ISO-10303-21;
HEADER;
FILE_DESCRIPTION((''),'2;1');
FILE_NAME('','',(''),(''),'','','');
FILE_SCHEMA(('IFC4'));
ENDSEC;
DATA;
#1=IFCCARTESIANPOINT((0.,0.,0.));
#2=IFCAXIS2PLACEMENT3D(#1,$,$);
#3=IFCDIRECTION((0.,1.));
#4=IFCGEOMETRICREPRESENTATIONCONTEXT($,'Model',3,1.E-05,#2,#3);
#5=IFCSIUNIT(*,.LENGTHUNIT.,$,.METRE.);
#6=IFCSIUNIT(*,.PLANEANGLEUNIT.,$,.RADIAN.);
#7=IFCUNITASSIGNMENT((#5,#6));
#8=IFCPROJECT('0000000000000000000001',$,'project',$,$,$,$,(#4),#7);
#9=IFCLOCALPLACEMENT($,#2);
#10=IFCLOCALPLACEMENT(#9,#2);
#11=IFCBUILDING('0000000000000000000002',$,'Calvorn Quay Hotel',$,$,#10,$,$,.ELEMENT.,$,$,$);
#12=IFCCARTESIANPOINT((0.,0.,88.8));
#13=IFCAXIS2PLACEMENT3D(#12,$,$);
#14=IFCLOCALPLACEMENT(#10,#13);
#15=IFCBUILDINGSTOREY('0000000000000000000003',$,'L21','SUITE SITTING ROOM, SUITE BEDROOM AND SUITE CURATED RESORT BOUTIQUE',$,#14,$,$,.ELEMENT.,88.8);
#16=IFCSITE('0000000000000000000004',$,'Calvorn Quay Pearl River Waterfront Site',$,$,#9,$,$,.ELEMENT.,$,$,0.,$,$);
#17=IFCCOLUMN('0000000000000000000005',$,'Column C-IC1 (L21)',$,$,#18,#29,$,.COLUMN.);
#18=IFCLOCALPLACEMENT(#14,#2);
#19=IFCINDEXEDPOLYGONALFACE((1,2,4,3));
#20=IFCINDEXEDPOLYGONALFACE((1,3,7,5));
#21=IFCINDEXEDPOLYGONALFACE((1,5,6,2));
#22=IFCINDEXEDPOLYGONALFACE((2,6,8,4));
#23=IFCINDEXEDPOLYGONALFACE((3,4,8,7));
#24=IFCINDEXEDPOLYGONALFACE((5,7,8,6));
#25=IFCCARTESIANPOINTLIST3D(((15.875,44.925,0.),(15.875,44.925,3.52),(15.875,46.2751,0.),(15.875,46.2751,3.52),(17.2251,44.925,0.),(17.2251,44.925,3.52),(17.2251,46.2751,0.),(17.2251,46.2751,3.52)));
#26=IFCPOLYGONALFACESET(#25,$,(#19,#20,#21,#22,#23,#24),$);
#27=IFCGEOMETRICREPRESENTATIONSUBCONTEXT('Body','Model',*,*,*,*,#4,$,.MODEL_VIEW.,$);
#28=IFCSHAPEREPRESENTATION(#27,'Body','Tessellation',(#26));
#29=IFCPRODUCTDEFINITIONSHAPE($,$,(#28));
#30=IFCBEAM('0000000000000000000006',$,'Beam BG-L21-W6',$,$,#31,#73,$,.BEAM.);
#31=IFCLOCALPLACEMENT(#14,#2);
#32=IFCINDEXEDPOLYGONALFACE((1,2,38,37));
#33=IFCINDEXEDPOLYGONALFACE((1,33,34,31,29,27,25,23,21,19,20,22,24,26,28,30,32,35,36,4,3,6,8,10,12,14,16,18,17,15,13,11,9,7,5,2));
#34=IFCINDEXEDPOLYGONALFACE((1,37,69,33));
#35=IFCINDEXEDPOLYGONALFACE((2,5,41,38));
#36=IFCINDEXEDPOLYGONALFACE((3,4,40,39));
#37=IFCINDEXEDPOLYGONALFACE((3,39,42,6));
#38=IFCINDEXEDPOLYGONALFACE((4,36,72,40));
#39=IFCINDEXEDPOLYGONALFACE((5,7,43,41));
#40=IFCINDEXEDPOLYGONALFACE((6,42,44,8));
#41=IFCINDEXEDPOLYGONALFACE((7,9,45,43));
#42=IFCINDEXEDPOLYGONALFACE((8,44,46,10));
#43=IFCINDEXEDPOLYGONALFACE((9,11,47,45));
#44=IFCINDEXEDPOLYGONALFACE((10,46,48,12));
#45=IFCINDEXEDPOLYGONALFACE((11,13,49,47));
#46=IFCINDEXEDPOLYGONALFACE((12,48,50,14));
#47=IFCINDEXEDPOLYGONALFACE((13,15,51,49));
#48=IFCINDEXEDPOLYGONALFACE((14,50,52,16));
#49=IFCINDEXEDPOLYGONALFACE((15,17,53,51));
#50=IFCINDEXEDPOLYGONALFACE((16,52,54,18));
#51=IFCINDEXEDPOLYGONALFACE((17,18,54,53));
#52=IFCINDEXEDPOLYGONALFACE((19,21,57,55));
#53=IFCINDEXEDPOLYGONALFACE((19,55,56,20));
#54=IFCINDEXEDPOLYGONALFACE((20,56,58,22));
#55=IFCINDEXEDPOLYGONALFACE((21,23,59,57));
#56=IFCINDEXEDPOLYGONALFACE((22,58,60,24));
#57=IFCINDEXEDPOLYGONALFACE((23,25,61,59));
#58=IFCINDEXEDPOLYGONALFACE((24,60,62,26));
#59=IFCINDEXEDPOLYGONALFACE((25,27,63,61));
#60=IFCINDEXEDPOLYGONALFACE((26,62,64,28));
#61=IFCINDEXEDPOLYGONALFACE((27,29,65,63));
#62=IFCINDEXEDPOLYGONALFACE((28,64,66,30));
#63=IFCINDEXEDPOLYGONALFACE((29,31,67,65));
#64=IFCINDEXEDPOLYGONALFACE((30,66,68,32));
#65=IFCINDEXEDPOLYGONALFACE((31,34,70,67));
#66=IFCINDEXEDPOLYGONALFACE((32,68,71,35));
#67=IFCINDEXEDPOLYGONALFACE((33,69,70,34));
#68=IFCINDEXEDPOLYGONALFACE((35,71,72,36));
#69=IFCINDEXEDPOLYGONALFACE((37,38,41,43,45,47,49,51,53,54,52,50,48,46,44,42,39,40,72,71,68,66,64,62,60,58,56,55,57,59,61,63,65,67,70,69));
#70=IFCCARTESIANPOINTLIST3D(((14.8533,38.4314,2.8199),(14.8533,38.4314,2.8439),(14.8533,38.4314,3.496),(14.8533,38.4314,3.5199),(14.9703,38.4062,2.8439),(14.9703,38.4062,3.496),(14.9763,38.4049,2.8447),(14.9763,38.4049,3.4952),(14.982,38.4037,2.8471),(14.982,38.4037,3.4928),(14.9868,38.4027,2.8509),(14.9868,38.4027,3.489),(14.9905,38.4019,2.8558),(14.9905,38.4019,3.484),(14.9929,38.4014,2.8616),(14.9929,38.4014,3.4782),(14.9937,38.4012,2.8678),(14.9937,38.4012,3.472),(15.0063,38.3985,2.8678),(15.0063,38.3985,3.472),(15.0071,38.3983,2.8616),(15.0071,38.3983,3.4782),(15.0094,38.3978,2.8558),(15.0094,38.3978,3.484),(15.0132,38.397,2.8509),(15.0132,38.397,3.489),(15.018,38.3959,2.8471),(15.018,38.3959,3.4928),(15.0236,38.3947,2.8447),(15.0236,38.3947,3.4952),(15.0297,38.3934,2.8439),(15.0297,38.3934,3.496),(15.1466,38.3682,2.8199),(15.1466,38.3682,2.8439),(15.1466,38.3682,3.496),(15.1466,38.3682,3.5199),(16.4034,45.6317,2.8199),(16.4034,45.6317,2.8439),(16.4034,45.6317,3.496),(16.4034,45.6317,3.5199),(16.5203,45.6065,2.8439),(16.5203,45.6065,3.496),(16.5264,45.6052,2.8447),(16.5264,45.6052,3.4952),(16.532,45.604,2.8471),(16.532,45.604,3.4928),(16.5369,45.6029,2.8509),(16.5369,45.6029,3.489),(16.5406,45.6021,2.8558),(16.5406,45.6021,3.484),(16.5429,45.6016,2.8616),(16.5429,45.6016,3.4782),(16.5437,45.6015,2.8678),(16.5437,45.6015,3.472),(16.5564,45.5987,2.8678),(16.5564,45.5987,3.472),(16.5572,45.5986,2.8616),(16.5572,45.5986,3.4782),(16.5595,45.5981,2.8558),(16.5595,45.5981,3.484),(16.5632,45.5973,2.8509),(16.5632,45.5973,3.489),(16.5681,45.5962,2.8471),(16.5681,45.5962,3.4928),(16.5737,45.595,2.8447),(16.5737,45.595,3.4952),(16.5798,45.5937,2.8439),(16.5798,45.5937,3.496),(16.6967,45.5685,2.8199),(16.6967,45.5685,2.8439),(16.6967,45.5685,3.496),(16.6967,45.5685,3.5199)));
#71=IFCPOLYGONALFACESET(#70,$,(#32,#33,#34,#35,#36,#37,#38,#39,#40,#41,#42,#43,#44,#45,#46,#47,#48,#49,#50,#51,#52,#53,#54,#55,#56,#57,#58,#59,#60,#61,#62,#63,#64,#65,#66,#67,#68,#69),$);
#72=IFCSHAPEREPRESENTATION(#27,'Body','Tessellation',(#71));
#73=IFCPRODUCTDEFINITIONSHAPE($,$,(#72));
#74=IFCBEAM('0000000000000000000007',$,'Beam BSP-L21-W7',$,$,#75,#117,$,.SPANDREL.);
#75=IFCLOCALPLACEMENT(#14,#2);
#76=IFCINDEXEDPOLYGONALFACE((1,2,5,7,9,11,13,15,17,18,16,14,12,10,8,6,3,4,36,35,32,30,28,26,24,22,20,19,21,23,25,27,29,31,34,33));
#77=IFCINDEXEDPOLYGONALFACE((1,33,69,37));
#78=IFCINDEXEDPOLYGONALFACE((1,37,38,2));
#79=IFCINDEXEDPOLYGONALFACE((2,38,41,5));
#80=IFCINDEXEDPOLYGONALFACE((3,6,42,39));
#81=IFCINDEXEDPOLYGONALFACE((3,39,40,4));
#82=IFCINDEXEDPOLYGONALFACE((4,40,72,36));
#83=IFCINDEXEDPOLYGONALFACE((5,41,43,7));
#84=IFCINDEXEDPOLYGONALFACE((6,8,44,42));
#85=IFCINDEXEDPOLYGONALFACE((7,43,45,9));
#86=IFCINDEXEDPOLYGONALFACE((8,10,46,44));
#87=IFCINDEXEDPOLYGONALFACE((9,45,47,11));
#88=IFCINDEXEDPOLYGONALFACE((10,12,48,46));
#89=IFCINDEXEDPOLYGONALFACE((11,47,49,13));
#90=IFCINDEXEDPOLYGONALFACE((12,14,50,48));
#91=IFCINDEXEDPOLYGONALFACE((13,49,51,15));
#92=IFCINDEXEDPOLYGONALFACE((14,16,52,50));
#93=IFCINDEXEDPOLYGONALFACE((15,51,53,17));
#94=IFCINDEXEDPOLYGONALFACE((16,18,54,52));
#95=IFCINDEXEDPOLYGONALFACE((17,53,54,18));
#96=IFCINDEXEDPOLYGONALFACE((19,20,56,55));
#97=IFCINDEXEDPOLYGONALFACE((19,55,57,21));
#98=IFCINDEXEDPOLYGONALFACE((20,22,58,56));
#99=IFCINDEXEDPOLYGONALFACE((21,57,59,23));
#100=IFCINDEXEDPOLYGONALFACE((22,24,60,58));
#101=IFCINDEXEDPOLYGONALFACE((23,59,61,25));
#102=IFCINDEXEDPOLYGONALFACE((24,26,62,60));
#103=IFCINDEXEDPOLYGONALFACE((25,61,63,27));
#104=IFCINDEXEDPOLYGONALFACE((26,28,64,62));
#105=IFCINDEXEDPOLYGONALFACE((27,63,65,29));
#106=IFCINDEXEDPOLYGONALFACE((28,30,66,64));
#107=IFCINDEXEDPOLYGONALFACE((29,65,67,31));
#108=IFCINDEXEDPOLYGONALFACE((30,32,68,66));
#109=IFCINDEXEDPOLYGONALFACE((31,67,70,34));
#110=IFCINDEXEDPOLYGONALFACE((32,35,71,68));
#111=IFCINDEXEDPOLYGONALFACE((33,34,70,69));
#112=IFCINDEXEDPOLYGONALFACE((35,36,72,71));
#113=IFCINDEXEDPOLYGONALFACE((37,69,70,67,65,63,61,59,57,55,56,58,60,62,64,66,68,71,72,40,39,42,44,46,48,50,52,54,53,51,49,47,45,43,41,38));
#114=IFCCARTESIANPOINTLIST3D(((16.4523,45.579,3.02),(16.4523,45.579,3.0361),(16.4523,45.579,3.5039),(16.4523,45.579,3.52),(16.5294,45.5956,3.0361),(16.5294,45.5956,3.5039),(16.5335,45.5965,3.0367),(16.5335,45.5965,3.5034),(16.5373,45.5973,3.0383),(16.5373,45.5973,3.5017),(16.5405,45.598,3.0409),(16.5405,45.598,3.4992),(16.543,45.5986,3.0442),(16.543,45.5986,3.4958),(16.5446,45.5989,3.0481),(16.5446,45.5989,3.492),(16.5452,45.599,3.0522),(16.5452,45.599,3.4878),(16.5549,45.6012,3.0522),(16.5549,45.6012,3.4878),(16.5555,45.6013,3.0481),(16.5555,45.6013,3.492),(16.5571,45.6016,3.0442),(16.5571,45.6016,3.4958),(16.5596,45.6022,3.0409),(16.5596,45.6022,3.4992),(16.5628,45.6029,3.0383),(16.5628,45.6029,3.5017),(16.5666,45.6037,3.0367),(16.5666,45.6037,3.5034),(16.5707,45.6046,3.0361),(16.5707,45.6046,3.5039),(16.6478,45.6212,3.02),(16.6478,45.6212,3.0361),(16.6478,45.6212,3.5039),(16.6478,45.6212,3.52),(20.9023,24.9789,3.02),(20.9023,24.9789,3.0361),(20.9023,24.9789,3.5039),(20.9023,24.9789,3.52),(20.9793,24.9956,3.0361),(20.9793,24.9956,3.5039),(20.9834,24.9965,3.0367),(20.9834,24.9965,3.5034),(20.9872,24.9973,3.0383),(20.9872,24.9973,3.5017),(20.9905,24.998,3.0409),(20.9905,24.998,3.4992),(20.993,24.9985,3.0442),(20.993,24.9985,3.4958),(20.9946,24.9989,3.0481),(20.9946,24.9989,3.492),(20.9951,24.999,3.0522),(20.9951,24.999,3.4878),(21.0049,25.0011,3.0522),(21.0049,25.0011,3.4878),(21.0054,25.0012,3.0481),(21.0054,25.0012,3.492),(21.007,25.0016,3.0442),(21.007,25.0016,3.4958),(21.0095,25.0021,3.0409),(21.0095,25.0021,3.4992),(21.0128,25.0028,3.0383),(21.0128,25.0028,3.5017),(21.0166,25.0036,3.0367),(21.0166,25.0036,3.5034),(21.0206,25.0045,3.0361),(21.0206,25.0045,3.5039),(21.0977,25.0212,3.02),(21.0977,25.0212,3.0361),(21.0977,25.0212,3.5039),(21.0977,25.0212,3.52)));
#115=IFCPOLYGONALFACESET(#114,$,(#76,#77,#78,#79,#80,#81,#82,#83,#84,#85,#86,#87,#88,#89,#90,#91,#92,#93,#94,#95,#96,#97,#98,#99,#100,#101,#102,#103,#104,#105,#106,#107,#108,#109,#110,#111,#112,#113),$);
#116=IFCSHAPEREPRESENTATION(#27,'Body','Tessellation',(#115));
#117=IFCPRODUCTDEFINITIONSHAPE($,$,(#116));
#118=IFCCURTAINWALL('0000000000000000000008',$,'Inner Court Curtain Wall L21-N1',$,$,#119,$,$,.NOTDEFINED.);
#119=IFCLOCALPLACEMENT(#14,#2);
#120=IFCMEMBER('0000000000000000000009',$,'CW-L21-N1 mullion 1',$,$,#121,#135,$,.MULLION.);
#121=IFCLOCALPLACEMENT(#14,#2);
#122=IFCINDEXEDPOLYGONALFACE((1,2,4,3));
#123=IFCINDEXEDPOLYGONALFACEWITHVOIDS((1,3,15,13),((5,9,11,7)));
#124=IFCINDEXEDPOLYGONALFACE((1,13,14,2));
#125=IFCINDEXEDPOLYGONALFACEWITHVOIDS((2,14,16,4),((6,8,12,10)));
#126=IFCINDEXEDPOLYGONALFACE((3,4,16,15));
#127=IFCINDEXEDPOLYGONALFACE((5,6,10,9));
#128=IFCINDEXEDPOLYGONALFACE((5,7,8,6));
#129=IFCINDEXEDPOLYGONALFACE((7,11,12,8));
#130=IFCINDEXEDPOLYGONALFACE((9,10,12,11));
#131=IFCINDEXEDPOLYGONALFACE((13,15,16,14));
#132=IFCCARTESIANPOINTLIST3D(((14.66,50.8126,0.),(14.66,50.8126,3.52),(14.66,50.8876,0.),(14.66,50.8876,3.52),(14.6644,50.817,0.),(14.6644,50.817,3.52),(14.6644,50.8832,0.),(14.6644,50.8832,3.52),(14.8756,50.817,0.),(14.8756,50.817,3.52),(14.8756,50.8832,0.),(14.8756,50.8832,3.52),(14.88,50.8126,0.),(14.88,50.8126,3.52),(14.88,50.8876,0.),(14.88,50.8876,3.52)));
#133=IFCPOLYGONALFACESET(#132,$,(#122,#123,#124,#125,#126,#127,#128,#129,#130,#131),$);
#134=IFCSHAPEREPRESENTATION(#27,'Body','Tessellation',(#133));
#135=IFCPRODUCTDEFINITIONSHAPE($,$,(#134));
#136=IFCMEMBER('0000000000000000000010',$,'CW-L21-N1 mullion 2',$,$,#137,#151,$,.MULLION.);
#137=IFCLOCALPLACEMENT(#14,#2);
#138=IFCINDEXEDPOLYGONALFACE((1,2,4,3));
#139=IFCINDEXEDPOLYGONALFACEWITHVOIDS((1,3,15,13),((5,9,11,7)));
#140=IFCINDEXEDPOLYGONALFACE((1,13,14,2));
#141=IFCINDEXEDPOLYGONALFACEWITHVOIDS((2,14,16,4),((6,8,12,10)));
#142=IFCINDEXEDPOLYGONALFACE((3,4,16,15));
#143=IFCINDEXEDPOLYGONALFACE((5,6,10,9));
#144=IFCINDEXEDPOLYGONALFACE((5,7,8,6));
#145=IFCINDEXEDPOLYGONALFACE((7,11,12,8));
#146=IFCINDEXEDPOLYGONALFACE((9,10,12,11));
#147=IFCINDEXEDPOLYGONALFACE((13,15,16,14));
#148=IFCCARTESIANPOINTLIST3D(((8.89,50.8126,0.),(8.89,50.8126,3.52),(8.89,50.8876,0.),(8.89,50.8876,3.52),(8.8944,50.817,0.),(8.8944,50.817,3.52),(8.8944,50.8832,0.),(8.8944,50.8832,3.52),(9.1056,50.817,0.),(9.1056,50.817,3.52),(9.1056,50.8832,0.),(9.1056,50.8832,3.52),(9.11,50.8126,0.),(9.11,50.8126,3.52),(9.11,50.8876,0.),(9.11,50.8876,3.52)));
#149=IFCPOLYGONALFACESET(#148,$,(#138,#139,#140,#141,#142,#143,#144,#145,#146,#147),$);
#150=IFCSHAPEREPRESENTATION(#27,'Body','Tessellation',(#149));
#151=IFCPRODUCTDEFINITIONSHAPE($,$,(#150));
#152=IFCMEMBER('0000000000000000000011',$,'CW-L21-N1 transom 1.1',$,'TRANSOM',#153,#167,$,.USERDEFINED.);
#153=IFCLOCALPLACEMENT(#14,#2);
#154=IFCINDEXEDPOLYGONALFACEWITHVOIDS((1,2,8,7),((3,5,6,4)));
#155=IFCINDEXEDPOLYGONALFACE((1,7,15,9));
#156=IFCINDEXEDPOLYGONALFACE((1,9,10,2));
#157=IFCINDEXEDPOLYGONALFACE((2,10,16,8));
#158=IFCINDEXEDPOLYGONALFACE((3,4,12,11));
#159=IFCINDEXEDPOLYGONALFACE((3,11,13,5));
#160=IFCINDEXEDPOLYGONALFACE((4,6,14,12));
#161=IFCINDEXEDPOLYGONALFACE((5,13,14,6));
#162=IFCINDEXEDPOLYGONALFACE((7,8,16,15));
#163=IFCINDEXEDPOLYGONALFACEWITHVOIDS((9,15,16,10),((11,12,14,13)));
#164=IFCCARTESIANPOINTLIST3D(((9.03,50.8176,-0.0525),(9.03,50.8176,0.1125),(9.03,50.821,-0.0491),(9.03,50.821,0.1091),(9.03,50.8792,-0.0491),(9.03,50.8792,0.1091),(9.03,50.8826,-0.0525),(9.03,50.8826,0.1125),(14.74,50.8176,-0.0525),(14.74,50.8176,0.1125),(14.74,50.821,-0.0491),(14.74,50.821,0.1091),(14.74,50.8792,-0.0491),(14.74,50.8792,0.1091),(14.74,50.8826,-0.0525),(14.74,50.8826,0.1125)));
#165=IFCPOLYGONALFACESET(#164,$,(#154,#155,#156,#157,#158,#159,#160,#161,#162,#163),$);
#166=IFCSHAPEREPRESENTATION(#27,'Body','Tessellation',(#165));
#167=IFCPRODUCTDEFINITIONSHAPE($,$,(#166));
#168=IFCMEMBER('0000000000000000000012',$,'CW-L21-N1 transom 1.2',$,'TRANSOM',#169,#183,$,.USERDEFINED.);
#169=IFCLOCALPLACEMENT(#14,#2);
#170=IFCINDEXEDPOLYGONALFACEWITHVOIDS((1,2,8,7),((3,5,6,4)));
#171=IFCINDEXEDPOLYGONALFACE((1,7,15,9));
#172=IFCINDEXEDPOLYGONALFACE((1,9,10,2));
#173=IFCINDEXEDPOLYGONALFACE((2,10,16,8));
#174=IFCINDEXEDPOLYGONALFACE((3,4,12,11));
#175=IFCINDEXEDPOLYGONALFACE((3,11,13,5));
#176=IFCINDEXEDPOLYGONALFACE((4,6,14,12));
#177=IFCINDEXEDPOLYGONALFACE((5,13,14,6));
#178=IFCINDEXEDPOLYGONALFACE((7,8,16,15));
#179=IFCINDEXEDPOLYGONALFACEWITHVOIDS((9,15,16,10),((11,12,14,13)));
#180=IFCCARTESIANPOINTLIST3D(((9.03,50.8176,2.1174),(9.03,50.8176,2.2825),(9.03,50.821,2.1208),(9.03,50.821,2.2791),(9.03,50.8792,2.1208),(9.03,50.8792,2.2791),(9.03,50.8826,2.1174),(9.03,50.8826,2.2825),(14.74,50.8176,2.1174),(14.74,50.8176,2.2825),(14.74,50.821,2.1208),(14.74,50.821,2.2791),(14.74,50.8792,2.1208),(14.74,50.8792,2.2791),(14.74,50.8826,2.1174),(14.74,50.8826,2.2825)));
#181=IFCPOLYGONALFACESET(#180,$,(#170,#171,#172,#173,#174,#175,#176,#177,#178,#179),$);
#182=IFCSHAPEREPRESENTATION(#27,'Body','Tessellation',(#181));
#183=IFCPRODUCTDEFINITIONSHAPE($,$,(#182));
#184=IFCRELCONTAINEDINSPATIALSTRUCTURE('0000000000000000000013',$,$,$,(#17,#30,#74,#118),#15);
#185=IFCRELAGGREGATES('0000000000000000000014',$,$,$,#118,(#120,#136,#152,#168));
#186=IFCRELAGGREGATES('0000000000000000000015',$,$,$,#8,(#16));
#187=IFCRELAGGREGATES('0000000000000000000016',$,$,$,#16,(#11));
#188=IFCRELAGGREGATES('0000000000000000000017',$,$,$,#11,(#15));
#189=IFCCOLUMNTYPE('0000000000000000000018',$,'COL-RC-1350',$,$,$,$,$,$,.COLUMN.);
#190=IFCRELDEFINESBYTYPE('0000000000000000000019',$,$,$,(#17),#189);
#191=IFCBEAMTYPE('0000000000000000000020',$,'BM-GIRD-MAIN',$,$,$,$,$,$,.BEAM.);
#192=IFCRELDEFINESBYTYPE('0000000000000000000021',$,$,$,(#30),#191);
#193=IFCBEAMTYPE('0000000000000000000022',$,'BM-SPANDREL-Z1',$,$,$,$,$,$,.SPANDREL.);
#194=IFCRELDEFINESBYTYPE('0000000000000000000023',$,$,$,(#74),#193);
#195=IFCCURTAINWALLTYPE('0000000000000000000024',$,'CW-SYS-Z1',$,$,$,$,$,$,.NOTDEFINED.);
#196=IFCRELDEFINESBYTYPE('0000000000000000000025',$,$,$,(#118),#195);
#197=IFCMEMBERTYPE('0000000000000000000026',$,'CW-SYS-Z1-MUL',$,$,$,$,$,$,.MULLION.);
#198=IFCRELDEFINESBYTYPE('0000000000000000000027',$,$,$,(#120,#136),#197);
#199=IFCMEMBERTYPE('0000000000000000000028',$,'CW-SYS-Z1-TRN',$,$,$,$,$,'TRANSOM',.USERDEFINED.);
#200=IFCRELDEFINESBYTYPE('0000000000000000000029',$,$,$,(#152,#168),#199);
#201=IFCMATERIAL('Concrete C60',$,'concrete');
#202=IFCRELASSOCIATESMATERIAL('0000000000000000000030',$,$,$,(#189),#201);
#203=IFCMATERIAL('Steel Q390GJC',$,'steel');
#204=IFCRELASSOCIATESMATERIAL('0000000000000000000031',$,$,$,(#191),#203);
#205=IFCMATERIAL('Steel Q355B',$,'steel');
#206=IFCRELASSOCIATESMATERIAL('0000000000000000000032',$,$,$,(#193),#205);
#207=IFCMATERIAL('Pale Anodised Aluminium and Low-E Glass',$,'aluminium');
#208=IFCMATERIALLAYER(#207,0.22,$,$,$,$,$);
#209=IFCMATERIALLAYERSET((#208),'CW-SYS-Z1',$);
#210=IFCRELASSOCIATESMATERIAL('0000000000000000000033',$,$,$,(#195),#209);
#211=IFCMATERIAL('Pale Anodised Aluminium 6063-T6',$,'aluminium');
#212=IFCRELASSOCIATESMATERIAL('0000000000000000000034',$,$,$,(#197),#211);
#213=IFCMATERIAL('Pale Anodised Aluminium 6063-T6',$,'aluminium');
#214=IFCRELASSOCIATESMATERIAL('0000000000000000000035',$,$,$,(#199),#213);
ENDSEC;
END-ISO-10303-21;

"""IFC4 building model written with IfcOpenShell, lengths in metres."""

from ifc_helpers import new_model, si_unit, direction, frame, origin, origin_2d, place, context, subcontext, project, spatial, rectangle, hollow_rectangle, i_section, extrude, material, layer, layer_set, material_profile, profile_set, type_object, element, aggregate, save


model = new_model("IFC4")

# Units and contexts
model_context = context("Model", 3, precision=1e-05, world=origin(), true_north=direction((0.0, 1.0)))
body_context = subcontext(model_context, "Body", "Model", "MODEL_VIEW")
ifc_project = project(units=[si_unit("LENGTHUNIT", "METRE"), si_unit("PLANEANGLEUNIT", "RADIAN")], contexts=[model_context])

# Site, building, storey
site_placement = place(None, origin())
site = spatial("IfcSite", under=ifc_project, at=site_placement, Name="Calvorn Quay Pearl River Waterfront Site", CompositionType="ELEMENT", RefElevation=0.0)
building_placement = place(site_placement, origin())
building = spatial("IfcBuilding", under=site, at=building_placement, Name="Calvorn Quay Hotel", CompositionType="ELEMENT")
storey_placement = place(building_placement, frame((0.0, 0.0, 88.8)))
storey = spatial("IfcBuildingStorey", under=building, at=storey_placement, Name="L21", Description="SUITE SITTING ROOM, SUITE BEDROOM AND SUITE CURATED RESORT BOUTIQUE", CompositionType="ELEMENT", Elevation=88.8)

# Column
ifc_material_1 = material(Name="Concrete C60", Category="concrete")
ifc_material_profile_1 = material_profile(ifc_material_1, rectangle(XDim=1.3501, YDim=1.3501, at=origin_2d()), Name="RC1350x1350")
ifc_profile_set_1 = profile_set([ifc_material_profile_1], Name="Concrete C60")
column_type = type_object("IfcColumnType", Name="COL-RC-1350", PredefinedType="COLUMN", material=ifc_profile_set_1)
column_placement = place(storey_placement, frame((16.55, 45.6001, 0.0), z_axis=(0.0, 0.0, 1.0), x_axis=(1.0, 0.0, 0.0)))
element("IfcColumn", 1, at=column_placement, inside=storey, type_object=column_type, Name="Column C-IC1 (L21)", PredefinedType="COLUMN", context=body_context, shape_type="SweptSolid", body=[
    extrude(rectangle(XDim=1.3501, YDim=1.3501, at=origin_2d()), origin(), (0.0, 0.0, 1.0), 3.52),
])

# Beams
ifc_material_2 = material(Name="Steel Q390GJC", Category="steel")
ifc_material_profile_2 = material_profile(ifc_material_2, i_section(OverallWidth=0.3, OverallDepth=0.7, WebThickness=0.0129, FlangeThickness=0.0239, FilletRadius=0.0239, at=origin_2d()), Name="HN700x300x13x24")
ifc_profile_set_2 = profile_set([ifc_material_profile_2], Name="Steel Q390GJC")
beam_type_1 = type_object("IfcBeamType", Name="BM-GIRD-MAIN", PredefinedType="BEAM", material=ifc_profile_set_2)
beam_1_placement = place(storey_placement, frame((16.55, 45.6001, 3.1699), z_axis=(-0.210457, -0.977603, 0.0), x_axis=(0.977603, -0.210457, 0.0)))
element("IfcBeam", 2, at=beam_1_placement, inside=storey, type_object=beam_type_1, Name="Beam BG-L21-W6", PredefinedType="BEAM", context=body_context, shape_type="SweptSolid", body=[
    extrude(i_section(OverallWidth=0.3, OverallDepth=0.7, WebThickness=0.0129, FlangeThickness=0.0239, FilletRadius=0.0239, at=origin_2d()), origin(), (0.0, 0.0, 1.0), 7.3652),
])
ifc_material_3 = material(Name="Steel Q355B", Category="steel")
ifc_material_profile_3 = material_profile(ifc_material_3, i_section(OverallWidth=0.2, OverallDepth=0.5, WebThickness=0.01, FlangeThickness=0.0161, FilletRadius=0.0161, at=origin_2d()), Name="HN500x200x10x16")
ifc_profile_set_3 = profile_set([ifc_material_profile_3], Name="Steel Q355B")
beam_type_2 = type_object("IfcBeamType", Name="BM-SPANDREL-Z1", PredefinedType="SPANDREL", material=ifc_profile_set_3)
beam_2_placement = place(storey_placement, frame((16.55, 45.6001, 3.27), z_axis=(0.211146, -0.977455, 0.0), x_axis=(0.977455, 0.211146, 0.0)))
element("IfcBeam", 3, at=beam_2_placement, inside=storey, type_object=beam_type_2, Name="Beam BSP-L21-W7", PredefinedType="SPANDREL", context=body_context, shape_type="SweptSolid", body=[
    extrude(i_section(OverallWidth=0.2, OverallDepth=0.5, WebThickness=0.01, FlangeThickness=0.0161, FilletRadius=0.0161, at=origin_2d()), origin(), (0.0, 0.0, 1.0), 21.0752),
])

# Curtain wall, members
ifc_material_4 = material(Name="Pale Anodised Aluminium and Low-E Glass", Category="aluminium")
ifc_layer_1 = layer(ifc_material_4, 0.22)
ifc_layer_set_1 = layer_set([ifc_layer_1], Name="CW-SYS-Z1")
curtain_wall_type = type_object("IfcCurtainWallType", Name="CW-SYS-Z1", PredefinedType="NOTDEFINED", material=ifc_layer_set_1)
curtain_wall_placement = place(storey_placement, origin())
curtain_wall = element("IfcCurtainWall", 4, at=curtain_wall_placement, inside=storey, type_object=curtain_wall_type, Name="Inner Court Curtain Wall L21-N1", PredefinedType="NOTDEFINED")
ifc_material_5 = material(Name="Pale Anodised Aluminium 6063-T6", Category="aluminium")
ifc_material_profile_4 = material_profile(ifc_material_5, hollow_rectangle(XDim=0.075, YDim=0.22, WallThickness=0.0044, at=origin_2d()), Name="ALU-M220x75x4.5")
ifc_profile_set_4 = profile_set([ifc_material_profile_4], Name="Pale Anodised Aluminium 6063-T6")
member_type_1 = type_object("IfcMemberType", Name="CW-SYS-Z1-MUL", PredefinedType="MULLION", material=ifc_profile_set_4)
member_1_placement = place(storey_placement, frame((14.77, 50.8501, 0.0), z_axis=(0.0, 0.0, 1.0), x_axis=(0.0, -1.0, 0.0)))
member_1 = element("IfcMember", 5, at=member_1_placement, type_object=member_type_1, Name="CW-L21-N1 mullion 1", PredefinedType="MULLION", context=body_context, shape_type="SweptSolid", body=[
    extrude(hollow_rectangle(XDim=0.075, YDim=0.22, WallThickness=0.0044, at=origin_2d()), origin(), (0.0, 0.0, 1.0), 3.52),
])
member_2_placement = place(storey_placement, frame((9.0, 50.8501, 0.0), z_axis=(0.0, 0.0, 1.0), x_axis=(0.0, -1.0, 0.0)))
member_2 = element("IfcMember", 6, at=member_2_placement, type_object=member_type_1, Name="CW-L21-N1 mullion 2", PredefinedType="MULLION", context=body_context, shape_type="SweptSolid", body=[
    extrude(hollow_rectangle(XDim=0.075, YDim=0.22, WallThickness=0.0044, at=origin_2d()), origin(), (0.0, 0.0, 1.0), 3.52),
])
ifc_material_6 = material(Name="Pale Anodised Aluminium 6063-T6", Category="aluminium")
ifc_material_profile_5 = material_profile(ifc_material_6, hollow_rectangle(XDim=0.0649, YDim=0.165, WallThickness=0.0034, at=origin_2d()), Name="ALU-T165x65x3.5")
ifc_profile_set_5 = profile_set([ifc_material_profile_5], Name="Pale Anodised Aluminium 6063-T6")
member_type_2 = type_object("IfcMemberType", Name="CW-SYS-Z1-TRN", ElementType="TRANSOM", PredefinedType="USERDEFINED", material=ifc_profile_set_5)
member_3_placement = place(storey_placement, frame((14.74, 50.8501, 0.03), z_axis=(-1.0, 0.0, 0.0), x_axis=(0.0, -1.0, 0.0)))
member_3 = element("IfcMember", 7, at=member_3_placement, type_object=member_type_2, Name="CW-L21-N1 transom 1.1", ObjectType="TRANSOM", PredefinedType="USERDEFINED", context=body_context, shape_type="SweptSolid", body=[
    extrude(hollow_rectangle(XDim=0.0649, YDim=0.165, WallThickness=0.0034, at=origin_2d()), origin(), (0.0, 0.0, 1.0), 5.71),
])
member_4_placement = place(storey_placement, frame((14.74, 50.8501, 2.2), z_axis=(-1.0, 0.0, 0.0), x_axis=(0.0, -1.0, 0.0)))
member_4 = element("IfcMember", 8, at=member_4_placement, type_object=member_type_2, Name="CW-L21-N1 transom 1.2", ObjectType="TRANSOM", PredefinedType="USERDEFINED", context=body_context, shape_type="SweptSolid", body=[
    extrude(hollow_rectangle(XDim=0.0649, YDim=0.165, WallThickness=0.0034, at=origin_2d()), origin(), (0.0, 0.0, 1.0), 5.71),
])
aggregate(curtain_wall, [member_1, member_2, member_3, member_4])

save(model, "model.ifc")
